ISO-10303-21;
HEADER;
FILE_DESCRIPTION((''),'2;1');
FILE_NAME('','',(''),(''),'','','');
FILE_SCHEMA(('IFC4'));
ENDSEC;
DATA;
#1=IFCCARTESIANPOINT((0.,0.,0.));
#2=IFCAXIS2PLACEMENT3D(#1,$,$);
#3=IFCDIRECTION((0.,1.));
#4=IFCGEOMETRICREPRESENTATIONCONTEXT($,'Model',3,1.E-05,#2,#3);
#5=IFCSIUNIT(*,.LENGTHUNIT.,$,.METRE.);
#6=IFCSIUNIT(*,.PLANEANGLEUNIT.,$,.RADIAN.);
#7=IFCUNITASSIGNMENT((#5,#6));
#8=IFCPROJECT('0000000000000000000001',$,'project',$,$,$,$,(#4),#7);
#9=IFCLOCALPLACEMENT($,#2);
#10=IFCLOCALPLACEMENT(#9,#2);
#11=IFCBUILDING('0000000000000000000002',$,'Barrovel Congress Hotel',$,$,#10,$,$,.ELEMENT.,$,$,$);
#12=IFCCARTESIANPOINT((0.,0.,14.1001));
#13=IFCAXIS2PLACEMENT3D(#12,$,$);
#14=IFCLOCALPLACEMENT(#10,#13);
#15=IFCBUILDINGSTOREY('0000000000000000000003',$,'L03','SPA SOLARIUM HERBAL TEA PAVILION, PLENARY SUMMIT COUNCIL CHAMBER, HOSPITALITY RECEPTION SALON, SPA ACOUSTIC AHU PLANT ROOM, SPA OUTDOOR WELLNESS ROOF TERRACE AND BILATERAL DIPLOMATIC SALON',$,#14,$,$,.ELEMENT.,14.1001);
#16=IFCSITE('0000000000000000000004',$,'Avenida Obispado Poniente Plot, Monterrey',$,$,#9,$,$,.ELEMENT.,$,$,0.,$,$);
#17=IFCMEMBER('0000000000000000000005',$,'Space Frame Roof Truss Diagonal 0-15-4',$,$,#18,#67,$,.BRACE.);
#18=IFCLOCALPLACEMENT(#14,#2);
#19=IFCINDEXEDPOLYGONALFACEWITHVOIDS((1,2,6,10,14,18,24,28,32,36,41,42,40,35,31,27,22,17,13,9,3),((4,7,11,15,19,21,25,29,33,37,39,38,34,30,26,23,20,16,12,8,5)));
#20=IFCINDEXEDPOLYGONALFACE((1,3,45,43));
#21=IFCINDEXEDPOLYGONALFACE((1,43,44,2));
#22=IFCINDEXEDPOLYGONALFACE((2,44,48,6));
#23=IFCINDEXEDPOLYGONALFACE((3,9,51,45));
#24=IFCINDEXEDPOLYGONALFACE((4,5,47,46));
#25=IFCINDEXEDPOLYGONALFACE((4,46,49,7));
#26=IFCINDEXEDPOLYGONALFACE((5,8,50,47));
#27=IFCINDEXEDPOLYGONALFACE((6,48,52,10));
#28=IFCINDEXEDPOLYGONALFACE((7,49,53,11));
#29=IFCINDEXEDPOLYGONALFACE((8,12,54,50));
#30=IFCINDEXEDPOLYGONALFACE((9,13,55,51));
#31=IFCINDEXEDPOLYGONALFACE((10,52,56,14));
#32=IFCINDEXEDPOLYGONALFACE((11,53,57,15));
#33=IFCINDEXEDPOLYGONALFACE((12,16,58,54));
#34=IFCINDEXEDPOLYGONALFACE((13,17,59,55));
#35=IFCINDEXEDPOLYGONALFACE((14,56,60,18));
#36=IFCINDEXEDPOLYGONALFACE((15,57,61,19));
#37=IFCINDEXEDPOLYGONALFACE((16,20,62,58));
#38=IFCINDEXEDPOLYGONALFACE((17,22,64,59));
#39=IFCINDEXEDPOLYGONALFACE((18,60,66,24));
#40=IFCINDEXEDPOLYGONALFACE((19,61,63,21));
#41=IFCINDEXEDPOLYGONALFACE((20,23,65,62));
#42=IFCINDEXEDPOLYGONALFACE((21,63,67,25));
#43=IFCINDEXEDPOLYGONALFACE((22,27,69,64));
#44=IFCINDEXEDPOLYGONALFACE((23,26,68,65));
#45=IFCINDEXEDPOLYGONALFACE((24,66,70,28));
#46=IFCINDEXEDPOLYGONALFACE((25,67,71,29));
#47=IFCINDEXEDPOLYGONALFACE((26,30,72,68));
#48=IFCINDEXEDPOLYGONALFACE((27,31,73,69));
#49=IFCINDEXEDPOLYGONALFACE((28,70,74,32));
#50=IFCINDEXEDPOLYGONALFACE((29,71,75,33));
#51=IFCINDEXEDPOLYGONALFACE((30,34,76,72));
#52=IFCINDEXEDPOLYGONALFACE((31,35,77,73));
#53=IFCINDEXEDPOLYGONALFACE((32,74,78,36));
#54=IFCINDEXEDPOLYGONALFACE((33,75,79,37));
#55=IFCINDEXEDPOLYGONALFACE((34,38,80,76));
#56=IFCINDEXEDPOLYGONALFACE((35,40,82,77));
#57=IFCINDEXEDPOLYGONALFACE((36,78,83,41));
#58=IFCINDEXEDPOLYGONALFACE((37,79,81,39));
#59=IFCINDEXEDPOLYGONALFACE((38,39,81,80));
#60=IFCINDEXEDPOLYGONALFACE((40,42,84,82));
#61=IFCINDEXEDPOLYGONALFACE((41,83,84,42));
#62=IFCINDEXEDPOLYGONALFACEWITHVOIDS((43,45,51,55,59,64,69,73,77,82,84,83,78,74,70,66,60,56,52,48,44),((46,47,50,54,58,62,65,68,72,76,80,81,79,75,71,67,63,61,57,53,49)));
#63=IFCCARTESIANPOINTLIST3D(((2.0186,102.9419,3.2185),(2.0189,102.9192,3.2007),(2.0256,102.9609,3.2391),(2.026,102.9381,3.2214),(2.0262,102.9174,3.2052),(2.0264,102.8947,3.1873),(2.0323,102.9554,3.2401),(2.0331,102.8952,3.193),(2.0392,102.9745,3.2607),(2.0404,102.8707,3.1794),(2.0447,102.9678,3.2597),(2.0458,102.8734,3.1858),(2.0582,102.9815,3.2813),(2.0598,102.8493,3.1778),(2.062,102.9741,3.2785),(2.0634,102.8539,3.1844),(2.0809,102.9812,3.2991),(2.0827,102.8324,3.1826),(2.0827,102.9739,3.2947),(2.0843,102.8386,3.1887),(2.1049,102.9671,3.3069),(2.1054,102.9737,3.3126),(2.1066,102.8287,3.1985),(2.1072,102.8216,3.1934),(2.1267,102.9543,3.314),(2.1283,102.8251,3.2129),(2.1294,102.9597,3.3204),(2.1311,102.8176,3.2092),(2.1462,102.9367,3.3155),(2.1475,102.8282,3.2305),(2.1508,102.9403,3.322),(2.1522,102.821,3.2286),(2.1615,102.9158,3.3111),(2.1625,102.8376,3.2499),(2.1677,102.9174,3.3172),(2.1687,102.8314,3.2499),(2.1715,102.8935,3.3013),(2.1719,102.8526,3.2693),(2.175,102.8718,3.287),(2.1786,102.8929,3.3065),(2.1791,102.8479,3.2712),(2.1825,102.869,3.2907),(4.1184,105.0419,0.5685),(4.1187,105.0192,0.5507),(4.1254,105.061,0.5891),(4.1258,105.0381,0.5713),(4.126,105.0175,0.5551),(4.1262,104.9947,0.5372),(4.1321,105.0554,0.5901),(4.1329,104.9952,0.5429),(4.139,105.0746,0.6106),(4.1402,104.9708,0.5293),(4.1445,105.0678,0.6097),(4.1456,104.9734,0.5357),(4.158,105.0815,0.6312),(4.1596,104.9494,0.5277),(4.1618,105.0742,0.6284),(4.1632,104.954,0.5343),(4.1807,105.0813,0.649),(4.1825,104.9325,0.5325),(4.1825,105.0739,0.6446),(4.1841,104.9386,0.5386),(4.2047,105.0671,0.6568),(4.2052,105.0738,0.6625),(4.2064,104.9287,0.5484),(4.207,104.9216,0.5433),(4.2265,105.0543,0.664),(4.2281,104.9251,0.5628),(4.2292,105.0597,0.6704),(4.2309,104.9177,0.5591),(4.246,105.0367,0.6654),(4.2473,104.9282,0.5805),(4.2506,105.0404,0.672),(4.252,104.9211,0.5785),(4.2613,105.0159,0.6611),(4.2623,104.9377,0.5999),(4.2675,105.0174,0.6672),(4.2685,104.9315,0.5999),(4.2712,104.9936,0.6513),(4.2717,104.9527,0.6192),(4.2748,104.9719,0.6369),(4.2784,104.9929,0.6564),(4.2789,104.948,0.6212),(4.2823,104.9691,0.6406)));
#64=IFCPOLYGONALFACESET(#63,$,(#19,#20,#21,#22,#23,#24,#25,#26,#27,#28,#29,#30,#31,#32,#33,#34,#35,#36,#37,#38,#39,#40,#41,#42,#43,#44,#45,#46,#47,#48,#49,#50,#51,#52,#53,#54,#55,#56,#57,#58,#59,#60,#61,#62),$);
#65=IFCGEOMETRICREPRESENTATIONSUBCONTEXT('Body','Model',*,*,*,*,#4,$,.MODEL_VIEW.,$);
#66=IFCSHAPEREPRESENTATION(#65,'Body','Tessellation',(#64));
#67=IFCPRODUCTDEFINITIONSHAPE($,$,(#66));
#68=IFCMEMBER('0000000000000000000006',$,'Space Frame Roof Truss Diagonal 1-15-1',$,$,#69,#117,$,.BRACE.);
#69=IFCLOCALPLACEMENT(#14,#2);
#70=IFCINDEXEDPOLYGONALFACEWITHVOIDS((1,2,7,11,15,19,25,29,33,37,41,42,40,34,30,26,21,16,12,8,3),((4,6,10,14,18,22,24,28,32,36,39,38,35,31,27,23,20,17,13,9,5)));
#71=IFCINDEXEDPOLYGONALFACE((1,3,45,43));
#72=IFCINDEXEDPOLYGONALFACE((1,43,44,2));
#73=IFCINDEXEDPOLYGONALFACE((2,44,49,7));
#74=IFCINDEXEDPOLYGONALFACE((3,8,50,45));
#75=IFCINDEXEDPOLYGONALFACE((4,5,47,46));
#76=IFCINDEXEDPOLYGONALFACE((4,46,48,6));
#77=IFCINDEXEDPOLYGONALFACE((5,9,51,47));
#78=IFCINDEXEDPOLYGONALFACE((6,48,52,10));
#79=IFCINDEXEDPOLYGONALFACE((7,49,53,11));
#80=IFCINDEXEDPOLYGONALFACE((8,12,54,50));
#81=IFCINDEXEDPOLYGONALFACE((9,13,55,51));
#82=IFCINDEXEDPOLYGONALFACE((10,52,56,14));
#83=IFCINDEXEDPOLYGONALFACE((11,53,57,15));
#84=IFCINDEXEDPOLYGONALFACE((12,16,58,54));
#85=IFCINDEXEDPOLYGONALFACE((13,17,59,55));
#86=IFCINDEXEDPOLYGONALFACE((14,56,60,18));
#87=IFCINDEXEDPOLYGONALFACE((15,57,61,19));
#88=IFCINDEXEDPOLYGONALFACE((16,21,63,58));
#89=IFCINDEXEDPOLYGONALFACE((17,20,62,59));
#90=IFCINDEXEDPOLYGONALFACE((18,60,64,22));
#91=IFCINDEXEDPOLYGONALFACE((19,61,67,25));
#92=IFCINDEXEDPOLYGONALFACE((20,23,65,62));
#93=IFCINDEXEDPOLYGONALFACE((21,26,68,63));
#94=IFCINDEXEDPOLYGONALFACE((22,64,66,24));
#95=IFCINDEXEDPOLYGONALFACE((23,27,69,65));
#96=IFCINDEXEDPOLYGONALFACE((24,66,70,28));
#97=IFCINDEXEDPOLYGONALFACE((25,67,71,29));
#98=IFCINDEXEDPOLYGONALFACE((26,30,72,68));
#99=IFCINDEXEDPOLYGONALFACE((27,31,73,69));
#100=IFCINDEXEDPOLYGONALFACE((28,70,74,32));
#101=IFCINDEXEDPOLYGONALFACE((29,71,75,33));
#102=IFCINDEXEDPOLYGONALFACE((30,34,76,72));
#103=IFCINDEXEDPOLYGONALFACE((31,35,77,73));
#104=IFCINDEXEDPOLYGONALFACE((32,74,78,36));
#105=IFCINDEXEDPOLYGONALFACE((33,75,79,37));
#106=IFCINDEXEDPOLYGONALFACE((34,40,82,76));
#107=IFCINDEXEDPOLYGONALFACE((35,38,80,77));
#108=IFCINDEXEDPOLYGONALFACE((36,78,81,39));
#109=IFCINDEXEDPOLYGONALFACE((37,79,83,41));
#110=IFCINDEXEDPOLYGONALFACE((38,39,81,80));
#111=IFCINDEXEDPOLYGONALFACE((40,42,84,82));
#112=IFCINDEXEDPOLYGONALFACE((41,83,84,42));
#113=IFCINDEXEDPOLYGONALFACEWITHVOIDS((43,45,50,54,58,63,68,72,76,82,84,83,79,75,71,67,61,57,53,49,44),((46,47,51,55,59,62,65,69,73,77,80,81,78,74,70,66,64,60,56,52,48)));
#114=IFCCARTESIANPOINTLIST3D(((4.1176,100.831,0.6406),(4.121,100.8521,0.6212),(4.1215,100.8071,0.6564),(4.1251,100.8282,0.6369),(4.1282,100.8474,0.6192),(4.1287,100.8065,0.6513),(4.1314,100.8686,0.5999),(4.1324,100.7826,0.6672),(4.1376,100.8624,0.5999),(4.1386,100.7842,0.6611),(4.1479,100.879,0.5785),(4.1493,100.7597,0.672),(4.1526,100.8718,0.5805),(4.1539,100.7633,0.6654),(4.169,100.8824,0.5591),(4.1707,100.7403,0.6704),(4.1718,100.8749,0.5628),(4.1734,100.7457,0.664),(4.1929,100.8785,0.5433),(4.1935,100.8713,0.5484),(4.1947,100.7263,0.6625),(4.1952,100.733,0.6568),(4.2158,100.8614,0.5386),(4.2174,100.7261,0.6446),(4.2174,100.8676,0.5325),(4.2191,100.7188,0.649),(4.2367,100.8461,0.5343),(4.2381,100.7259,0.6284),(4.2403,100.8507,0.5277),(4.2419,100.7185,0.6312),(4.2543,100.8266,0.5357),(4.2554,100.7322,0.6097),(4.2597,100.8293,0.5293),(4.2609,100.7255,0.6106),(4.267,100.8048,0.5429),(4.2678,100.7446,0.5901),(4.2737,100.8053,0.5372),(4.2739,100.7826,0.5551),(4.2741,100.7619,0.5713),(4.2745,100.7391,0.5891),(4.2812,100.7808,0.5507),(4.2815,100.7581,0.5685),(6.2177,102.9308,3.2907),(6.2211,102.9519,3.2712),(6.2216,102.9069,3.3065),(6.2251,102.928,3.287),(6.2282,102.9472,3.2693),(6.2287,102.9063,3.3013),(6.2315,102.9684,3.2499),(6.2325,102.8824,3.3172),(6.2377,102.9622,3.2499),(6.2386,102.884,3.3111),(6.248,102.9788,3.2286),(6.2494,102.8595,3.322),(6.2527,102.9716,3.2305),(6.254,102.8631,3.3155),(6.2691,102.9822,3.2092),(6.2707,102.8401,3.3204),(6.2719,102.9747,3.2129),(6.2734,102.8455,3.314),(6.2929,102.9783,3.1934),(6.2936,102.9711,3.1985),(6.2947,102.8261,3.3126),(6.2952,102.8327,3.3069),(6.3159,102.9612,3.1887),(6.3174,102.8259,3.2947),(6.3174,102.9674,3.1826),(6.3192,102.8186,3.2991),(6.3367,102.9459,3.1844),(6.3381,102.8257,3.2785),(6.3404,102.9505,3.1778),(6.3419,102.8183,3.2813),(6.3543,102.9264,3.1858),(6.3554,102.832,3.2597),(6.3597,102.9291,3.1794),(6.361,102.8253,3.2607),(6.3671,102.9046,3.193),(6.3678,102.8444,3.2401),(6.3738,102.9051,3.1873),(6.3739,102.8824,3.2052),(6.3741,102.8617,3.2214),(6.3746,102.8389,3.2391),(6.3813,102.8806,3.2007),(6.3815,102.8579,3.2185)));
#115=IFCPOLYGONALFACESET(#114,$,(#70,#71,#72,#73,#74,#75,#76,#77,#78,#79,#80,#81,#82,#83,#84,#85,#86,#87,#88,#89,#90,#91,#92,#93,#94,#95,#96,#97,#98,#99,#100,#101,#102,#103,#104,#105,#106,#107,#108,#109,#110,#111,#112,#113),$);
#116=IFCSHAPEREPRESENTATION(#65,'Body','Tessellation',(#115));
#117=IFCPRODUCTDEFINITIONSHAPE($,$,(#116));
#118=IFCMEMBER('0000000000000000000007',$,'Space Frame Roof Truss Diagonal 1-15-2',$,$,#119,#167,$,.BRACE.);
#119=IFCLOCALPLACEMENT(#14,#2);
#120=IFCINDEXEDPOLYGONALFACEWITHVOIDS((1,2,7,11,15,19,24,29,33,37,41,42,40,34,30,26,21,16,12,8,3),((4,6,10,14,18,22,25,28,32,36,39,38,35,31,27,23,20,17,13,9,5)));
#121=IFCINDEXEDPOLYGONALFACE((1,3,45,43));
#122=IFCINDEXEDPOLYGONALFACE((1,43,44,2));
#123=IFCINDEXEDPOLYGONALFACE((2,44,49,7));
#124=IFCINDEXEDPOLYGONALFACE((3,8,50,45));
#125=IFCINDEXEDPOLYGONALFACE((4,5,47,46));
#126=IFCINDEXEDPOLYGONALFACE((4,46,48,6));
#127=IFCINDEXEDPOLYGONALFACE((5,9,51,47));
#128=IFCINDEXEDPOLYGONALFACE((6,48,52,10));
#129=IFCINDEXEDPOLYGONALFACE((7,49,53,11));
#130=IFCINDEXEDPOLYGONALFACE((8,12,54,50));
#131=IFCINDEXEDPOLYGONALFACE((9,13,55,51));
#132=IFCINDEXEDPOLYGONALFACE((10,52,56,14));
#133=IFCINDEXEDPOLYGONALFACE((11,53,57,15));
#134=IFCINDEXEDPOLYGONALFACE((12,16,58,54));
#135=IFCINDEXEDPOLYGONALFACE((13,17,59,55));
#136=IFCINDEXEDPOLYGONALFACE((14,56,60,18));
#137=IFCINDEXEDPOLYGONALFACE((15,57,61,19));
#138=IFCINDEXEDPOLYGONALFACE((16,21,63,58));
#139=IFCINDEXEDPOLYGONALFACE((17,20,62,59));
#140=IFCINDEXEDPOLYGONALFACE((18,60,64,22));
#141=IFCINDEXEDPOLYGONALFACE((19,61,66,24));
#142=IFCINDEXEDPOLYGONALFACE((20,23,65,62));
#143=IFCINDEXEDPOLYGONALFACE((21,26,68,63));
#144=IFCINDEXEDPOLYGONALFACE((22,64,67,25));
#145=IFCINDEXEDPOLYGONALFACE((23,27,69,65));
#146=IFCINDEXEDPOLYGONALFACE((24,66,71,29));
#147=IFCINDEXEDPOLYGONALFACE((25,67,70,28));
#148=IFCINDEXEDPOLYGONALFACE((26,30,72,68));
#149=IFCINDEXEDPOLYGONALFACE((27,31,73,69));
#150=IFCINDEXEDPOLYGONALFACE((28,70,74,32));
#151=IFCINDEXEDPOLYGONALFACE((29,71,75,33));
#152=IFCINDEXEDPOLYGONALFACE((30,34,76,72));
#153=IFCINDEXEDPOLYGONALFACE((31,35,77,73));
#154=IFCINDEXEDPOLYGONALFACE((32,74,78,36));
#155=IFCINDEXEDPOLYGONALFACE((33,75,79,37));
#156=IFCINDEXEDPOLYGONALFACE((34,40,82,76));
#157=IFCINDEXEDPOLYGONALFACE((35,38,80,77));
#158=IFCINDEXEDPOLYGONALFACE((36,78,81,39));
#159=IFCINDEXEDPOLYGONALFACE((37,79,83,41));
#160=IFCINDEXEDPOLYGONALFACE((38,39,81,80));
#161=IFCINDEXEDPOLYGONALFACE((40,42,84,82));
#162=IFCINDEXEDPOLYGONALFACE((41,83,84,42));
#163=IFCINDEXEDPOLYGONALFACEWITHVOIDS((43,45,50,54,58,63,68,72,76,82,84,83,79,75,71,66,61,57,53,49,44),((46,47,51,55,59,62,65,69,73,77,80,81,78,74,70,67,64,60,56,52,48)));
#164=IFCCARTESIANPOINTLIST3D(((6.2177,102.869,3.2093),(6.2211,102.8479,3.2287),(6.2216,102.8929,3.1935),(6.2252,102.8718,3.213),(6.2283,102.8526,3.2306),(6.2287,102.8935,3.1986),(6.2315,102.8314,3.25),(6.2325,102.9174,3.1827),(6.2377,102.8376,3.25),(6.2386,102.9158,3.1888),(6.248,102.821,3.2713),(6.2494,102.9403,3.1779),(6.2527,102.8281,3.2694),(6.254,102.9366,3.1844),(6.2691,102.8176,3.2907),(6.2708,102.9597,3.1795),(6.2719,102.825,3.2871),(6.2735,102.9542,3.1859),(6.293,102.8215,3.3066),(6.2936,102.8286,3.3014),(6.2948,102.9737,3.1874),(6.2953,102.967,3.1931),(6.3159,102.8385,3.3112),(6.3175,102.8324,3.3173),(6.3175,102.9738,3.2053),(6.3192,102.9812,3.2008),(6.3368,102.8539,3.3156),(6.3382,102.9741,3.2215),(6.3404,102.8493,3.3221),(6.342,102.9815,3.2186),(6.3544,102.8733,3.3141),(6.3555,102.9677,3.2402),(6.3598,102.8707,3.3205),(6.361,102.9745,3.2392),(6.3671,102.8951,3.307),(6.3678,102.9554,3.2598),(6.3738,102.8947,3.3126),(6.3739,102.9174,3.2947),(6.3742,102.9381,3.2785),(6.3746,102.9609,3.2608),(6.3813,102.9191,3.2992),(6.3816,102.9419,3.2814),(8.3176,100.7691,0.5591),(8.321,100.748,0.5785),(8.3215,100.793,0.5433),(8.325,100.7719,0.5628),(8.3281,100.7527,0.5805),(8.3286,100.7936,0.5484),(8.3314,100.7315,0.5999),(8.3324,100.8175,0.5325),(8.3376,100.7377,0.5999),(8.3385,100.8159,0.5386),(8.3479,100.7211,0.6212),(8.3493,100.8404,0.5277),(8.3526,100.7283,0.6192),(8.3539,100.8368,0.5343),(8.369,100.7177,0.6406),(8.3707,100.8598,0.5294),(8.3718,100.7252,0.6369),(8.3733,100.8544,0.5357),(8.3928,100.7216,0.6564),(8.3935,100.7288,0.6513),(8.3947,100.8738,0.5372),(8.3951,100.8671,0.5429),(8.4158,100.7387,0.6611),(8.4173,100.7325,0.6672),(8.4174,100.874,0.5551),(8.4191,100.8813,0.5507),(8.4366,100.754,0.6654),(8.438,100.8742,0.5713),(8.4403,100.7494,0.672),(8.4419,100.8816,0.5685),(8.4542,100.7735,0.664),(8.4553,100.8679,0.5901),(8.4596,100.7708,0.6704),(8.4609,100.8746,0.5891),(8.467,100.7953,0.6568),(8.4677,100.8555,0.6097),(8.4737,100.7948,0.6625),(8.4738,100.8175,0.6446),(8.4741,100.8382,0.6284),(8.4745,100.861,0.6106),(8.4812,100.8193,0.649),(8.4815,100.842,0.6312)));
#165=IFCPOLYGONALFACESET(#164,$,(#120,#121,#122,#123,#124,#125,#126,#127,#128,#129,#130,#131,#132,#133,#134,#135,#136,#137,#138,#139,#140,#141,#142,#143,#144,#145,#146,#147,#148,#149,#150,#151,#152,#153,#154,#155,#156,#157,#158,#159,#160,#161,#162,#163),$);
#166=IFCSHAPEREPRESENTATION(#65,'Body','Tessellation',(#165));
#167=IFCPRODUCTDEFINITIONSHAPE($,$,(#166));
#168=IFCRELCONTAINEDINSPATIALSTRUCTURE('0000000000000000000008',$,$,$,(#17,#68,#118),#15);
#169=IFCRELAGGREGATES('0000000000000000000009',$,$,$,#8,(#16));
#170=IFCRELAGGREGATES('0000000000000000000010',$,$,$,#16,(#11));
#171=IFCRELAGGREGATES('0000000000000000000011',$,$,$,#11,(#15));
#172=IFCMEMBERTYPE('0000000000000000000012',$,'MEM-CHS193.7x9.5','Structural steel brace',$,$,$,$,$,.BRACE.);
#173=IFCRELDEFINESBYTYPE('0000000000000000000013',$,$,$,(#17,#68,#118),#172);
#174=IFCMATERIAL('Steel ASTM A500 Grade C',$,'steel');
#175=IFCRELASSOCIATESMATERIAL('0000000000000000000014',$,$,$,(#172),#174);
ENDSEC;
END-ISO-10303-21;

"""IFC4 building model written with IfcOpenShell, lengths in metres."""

from ifc_helpers import new_model, si_unit, direction, frame, origin, origin_2d, place, context, subcontext, project, spatial, hollow_circle, extrude, material, material_profile, profile_set, type_object, element, save


model = new_model("IFC4")

# Units and contexts
model_context = context("Model", 3, precision=1e-05, world=origin(), true_north=direction((0.0, 1.0)))
body_context = subcontext(model_context, "Body", "Model", "MODEL_VIEW")
ifc_project = project(units=[si_unit("LENGTHUNIT", "METRE"), si_unit("PLANEANGLEUNIT", "RADIAN")], contexts=[model_context])

# Site, building, storey
site_placement = place(None, origin())
site = spatial("IfcSite", under=ifc_project, at=site_placement, Name="Avenida Obispado Poniente Plot, Monterrey", CompositionType="ELEMENT", RefElevation=0.0)
building_placement = place(site_placement, origin())
building = spatial("IfcBuilding", under=site, at=building_placement, Name="Barrovel Congress Hotel", CompositionType="ELEMENT")
storey_placement = place(building_placement, frame((0.0, 0.0, 14.1001)))
storey = spatial("IfcBuildingStorey", under=building, at=storey_placement, Name="L03", Description="SPA SOLARIUM HERBAL TEA PAVILION, PLENARY SUMMIT COUNCIL CHAMBER, HOSPITALITY RECEPTION SALON, SPA ACOUSTIC AHU PLANT ROOM, SPA OUTDOOR WELLNESS ROOF TERRACE AND BILATERAL DIPLOMATIC SALON", CompositionType="ELEMENT", Elevation=14.1001)

# Members
ifc_material_1 = material(Name="Steel ASTM A500 Grade C", Category="steel")
ifc_material_profile_1 = material_profile(ifc_material_1, hollow_circle(Radius=0.0969, WallThickness=0.0088, at=origin_2d()), Name="CHS193.7x9.5")
ifc_profile_set_1 = profile_set([ifc_material_profile_1], Name="Steel ASTM A500 Grade C")
member_type_1 = type_object("IfcMemberType", Name="MEM-CHS193.7x9.5", Description="Structural steel brace", PredefinedType="BRACE", material=ifc_profile_set_1)
for number, where, z_axis, x_axis, name in (
    (1, (4.2, 105.0, 0.5999), (-0.527557, -0.527618, 0.66581), (0.707148, -0.707066, 0.0), "Space Frame Roof Truss Diagonal 0-15-4"),
    (2, (4.2, 100.8, 0.5999), (0.527618, 0.527557, 0.66581), (-0.707066, 0.707148, 0.0), "Space Frame Roof Truss Diagonal 1-15-1"),
    (3, (8.3999, 100.8, 0.5999), (-0.527574, 0.527574, 0.665831), (-0.707107, -0.707107, 0.0), "Space Frame Roof Truss Diagonal 1-15-2"),
):
    element("IfcMember", number, at=place(storey_placement, frame(where, z_axis=z_axis, x_axis=x_axis)), inside=storey, type_object=member_type_1, Name=name, PredefinedType="BRACE", context=body_context, shape_type="SweptSolid", body=[
        extrude(hollow_circle(Radius=0.0969, WallThickness=0.0088, at=origin_2d()), origin(), (0.0, 0.0, 1.0), 3.9802),
    ])

save(model, "model.ifc")
